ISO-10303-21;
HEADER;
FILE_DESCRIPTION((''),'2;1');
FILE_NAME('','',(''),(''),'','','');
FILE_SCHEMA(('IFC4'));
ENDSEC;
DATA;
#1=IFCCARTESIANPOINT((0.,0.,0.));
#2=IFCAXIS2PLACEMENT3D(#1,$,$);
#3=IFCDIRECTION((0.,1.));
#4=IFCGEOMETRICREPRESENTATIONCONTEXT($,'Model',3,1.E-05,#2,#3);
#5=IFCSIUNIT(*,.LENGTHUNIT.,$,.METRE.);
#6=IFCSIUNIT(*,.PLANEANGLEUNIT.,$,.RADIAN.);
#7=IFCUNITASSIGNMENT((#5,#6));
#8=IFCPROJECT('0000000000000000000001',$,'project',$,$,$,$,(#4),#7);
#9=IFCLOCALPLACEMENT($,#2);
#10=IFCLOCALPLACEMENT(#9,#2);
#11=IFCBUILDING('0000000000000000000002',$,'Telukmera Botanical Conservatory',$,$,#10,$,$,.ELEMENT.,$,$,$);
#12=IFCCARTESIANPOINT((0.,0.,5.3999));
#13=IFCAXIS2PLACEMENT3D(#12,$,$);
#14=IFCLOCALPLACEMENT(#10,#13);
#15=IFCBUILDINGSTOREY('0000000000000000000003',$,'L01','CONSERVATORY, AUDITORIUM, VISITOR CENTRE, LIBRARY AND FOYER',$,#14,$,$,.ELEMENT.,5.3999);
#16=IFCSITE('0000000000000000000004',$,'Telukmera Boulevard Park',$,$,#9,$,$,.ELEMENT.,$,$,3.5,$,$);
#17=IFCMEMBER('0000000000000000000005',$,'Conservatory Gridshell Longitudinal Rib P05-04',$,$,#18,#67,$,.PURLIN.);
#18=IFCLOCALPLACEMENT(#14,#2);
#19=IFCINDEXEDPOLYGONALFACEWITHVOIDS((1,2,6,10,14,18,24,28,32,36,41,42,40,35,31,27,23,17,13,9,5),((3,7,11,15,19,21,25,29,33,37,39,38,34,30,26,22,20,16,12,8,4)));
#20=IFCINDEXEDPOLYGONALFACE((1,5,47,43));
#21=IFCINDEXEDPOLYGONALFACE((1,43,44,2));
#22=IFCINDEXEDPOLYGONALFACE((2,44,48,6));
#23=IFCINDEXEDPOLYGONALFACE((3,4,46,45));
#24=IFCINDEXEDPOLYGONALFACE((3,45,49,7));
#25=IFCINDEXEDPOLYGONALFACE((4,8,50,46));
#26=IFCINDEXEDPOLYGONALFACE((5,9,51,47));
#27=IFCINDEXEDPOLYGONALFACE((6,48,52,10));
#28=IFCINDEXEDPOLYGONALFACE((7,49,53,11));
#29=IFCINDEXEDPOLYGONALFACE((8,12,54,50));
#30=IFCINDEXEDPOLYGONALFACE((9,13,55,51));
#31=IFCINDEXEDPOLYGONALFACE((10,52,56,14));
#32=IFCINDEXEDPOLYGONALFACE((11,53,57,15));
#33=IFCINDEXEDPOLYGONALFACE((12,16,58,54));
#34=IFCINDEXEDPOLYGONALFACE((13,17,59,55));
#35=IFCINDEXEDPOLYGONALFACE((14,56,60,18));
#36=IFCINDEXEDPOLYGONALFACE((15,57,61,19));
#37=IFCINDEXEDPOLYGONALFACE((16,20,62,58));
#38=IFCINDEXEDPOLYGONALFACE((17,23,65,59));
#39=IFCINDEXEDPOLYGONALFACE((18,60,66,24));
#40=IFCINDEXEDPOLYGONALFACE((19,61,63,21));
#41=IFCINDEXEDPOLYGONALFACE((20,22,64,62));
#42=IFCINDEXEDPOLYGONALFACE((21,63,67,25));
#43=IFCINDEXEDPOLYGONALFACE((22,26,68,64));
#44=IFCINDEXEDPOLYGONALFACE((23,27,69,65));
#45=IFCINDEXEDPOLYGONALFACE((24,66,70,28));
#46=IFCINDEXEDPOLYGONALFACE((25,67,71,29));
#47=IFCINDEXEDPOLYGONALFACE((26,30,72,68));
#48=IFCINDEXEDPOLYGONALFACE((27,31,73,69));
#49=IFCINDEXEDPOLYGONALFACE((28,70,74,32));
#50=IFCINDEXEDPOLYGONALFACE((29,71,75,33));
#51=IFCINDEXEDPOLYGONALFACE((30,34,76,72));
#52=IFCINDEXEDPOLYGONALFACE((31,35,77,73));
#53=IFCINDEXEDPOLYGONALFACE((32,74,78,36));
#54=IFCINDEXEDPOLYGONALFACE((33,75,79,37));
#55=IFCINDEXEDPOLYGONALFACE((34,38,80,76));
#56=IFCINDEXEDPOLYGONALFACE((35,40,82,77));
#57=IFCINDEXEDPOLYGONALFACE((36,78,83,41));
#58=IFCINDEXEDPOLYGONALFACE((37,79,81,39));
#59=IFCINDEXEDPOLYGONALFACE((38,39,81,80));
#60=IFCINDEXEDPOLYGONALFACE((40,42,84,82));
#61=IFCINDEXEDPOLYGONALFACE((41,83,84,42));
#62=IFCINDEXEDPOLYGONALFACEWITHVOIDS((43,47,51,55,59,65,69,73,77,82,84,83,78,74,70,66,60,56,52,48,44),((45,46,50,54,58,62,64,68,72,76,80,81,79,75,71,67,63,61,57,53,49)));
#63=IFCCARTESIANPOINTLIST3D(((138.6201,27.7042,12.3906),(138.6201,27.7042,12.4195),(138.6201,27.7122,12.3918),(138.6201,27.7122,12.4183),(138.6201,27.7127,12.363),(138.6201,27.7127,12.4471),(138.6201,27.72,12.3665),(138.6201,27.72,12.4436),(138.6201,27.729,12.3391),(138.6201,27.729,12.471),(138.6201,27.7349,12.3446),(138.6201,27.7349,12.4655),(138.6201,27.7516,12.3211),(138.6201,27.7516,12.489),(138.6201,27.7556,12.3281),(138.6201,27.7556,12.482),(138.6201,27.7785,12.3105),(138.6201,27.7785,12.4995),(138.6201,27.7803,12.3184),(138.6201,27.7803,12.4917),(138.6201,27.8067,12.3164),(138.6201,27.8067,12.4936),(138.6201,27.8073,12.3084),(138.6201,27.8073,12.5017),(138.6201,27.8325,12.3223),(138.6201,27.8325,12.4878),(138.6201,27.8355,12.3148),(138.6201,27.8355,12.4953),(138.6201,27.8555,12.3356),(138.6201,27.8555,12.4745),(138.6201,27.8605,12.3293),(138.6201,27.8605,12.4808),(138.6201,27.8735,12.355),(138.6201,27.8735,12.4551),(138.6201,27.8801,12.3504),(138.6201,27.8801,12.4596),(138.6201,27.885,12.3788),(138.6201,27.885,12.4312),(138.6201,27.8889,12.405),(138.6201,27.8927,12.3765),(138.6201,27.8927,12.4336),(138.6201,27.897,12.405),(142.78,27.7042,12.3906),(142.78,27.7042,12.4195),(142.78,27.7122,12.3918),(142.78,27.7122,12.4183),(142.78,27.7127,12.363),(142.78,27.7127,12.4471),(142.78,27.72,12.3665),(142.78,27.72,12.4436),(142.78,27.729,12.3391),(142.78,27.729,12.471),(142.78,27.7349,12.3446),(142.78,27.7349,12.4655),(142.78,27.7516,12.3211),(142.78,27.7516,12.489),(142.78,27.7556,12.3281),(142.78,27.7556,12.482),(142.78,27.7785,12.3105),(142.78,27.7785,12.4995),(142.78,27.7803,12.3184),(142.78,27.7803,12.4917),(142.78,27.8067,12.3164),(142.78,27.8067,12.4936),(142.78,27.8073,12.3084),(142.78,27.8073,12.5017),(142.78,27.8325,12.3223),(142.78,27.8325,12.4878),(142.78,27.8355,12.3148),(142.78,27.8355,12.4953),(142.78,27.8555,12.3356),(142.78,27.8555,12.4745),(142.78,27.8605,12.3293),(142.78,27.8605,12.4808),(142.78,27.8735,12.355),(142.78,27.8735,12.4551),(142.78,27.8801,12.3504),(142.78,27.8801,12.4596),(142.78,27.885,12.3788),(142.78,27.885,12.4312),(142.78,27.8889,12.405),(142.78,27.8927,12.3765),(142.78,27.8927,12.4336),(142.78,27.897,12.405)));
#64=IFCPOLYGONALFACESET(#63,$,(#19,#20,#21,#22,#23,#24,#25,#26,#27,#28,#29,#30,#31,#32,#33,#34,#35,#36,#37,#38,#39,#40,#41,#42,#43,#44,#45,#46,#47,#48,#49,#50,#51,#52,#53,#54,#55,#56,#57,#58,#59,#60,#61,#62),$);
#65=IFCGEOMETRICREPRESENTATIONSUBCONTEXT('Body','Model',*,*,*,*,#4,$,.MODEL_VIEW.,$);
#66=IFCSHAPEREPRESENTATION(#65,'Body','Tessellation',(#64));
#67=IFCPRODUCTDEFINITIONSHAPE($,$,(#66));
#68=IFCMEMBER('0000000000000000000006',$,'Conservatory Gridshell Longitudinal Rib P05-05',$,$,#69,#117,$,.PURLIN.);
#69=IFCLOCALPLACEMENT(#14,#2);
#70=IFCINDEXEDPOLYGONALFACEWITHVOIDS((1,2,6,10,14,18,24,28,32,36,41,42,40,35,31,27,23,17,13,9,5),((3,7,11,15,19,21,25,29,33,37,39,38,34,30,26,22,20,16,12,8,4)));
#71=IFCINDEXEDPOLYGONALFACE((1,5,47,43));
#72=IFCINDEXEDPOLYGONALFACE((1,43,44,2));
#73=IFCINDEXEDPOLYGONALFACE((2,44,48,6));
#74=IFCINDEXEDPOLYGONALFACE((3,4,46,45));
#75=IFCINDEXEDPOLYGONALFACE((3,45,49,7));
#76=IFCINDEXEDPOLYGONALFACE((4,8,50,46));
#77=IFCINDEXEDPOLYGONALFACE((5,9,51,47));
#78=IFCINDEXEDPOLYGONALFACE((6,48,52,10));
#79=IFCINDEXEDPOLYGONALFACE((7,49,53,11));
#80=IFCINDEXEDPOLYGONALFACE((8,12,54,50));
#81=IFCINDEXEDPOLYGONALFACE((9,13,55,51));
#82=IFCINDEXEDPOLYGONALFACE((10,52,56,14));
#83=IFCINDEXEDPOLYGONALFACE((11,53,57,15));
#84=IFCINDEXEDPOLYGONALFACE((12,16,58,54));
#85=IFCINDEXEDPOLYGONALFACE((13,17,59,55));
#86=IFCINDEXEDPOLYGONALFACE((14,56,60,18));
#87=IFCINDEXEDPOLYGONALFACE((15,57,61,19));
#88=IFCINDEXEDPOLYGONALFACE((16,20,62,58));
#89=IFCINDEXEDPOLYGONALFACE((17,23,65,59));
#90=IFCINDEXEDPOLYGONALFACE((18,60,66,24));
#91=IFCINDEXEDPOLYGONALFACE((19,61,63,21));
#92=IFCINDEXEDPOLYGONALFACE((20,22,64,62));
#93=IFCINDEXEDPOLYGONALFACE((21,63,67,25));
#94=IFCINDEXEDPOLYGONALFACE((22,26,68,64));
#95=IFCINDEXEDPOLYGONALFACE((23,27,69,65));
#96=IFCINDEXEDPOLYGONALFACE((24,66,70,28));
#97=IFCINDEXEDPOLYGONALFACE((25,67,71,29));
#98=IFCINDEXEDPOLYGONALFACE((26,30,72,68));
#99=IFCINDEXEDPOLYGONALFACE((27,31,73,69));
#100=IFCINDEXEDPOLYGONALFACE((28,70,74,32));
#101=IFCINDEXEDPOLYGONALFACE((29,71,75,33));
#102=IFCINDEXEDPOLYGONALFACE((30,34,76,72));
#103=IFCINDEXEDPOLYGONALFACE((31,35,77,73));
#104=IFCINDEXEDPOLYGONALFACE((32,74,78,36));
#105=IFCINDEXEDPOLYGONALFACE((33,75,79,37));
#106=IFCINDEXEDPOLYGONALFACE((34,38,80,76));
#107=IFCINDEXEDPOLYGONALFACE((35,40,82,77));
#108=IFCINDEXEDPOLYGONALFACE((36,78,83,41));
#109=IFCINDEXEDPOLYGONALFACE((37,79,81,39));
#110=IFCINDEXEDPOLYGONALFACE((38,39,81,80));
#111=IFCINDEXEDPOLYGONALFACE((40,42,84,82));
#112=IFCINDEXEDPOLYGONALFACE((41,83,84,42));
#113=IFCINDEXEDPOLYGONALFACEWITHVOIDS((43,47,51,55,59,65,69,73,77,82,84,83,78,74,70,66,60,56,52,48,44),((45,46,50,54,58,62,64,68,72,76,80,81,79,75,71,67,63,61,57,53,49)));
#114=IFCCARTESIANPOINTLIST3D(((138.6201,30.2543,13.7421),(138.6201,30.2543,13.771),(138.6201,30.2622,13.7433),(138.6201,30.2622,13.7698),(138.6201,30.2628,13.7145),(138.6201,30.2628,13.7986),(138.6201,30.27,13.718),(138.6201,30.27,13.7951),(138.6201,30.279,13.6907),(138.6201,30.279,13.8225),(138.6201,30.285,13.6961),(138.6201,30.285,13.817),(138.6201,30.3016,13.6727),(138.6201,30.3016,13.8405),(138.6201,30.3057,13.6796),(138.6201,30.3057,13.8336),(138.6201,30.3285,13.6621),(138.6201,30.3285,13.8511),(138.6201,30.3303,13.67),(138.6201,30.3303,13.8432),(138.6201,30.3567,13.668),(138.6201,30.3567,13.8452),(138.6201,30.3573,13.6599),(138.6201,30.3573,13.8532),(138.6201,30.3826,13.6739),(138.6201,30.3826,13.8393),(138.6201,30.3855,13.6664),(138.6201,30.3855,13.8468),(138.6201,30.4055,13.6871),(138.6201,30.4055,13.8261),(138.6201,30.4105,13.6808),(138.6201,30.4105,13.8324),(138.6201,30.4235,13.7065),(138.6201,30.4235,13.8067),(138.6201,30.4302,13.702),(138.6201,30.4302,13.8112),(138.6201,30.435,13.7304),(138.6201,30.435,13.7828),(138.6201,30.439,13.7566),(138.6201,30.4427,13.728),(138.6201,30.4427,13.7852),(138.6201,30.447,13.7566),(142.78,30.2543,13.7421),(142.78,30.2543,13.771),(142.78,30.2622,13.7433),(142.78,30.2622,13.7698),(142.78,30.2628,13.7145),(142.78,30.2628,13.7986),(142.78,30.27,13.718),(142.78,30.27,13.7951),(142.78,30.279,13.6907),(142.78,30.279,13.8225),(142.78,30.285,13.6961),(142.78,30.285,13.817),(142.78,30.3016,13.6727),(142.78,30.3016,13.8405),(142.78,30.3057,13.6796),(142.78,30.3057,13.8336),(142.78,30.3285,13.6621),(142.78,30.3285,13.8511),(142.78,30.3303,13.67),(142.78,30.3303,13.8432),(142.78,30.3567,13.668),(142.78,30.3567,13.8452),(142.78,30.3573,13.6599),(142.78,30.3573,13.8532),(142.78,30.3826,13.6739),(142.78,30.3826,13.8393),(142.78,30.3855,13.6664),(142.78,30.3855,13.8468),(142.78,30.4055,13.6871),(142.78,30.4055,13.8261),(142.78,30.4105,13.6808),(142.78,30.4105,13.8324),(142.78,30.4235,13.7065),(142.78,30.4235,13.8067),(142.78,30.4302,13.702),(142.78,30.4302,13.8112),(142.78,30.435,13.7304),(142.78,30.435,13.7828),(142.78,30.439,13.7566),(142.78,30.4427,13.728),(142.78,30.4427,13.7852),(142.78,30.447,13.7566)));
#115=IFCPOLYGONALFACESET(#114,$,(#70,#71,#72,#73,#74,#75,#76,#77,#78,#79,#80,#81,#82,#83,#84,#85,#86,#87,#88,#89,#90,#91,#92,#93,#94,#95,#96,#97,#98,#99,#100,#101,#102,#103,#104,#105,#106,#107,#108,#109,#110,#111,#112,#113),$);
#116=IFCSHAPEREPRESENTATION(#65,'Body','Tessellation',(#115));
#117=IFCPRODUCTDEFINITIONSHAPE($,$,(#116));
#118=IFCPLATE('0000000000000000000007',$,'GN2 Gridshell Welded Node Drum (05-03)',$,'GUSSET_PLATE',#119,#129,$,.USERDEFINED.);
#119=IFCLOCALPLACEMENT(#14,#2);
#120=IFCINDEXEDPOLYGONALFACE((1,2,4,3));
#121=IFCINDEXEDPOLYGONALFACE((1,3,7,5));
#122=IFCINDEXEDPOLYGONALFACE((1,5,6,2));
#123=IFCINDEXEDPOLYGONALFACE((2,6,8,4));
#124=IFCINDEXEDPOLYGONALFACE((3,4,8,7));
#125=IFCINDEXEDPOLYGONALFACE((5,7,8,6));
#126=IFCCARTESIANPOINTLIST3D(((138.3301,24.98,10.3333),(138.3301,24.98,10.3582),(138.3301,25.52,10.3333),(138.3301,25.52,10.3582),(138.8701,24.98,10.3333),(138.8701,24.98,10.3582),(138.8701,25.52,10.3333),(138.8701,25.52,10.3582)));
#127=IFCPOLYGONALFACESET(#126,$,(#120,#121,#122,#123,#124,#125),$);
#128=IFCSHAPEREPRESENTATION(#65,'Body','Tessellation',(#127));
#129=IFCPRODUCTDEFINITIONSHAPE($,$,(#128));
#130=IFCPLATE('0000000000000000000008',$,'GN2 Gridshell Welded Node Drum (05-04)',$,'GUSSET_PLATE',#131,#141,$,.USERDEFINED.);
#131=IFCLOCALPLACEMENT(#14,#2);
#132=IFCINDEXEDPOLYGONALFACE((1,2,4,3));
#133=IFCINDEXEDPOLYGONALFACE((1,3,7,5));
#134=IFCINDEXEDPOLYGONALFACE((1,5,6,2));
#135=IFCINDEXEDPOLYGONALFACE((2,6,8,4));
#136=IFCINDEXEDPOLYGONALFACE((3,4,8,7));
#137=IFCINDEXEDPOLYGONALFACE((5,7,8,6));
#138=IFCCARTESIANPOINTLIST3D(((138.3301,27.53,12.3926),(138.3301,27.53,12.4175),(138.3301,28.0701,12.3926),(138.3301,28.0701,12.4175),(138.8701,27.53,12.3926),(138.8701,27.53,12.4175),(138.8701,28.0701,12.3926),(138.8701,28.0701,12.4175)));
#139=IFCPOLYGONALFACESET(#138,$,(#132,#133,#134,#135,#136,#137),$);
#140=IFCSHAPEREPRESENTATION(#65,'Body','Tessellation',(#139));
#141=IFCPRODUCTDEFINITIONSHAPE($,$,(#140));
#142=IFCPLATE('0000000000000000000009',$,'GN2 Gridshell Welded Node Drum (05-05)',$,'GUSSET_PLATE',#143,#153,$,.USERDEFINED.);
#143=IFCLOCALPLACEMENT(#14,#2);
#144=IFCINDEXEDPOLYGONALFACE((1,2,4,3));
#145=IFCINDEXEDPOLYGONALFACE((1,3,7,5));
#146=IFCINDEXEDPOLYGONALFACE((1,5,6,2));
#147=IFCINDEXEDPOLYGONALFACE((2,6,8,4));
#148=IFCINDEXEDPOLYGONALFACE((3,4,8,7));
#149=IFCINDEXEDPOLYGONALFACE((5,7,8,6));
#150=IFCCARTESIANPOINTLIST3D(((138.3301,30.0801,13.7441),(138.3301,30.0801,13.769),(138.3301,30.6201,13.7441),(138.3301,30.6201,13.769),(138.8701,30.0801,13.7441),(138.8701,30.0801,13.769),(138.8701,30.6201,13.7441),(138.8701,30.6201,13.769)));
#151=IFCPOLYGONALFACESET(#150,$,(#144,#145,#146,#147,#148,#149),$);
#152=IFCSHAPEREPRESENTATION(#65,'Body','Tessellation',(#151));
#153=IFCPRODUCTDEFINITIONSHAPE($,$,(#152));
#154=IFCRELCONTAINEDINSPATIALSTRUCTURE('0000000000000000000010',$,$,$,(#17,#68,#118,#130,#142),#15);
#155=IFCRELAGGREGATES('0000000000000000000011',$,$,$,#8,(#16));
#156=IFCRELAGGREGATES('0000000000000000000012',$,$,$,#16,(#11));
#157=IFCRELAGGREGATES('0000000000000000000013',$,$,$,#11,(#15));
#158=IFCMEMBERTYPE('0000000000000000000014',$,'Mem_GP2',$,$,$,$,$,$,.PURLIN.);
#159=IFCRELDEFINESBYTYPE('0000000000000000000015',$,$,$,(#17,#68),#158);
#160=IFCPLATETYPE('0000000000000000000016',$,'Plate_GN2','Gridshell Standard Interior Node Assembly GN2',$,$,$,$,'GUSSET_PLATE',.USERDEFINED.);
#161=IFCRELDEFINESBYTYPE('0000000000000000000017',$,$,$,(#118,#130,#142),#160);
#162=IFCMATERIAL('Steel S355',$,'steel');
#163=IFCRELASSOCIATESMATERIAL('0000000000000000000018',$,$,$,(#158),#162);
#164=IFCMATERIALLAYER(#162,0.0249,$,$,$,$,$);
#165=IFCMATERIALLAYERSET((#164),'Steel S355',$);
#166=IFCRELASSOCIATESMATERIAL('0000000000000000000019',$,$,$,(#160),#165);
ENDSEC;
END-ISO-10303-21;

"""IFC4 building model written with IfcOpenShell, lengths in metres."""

from ifc_helpers import new_model, si_unit, direction, frame, origin, origin_2d, place, context, subcontext, project, spatial, rectangle, hollow_circle, extrude, material, layer, layer_set, material_profile, profile_set, type_object, element, save


model = new_model("IFC4")

# Units and contexts
model_context = context("Model", 3, precision=1e-05, world=origin(), true_north=direction((0.0, 1.0)))
body_context = subcontext(model_context, "Body", "Model", "MODEL_VIEW")
ifc_project = project(units=[si_unit("LENGTHUNIT", "METRE"), si_unit("PLANEANGLEUNIT", "RADIAN")], contexts=[model_context])

# Site, building, storey
site_placement = place(None, origin())
site = spatial("IfcSite", under=ifc_project, at=site_placement, Name="Telukmera Boulevard Park", CompositionType="ELEMENT", RefElevation=3.5)
building_placement = place(site_placement, origin())
building = spatial("IfcBuilding", under=site, at=building_placement, Name="Telukmera Botanical Conservatory", CompositionType="ELEMENT")
storey_placement = place(building_placement, frame((0.0, 0.0, 5.3999)))
storey = spatial("IfcBuildingStorey", under=building, at=storey_placement, Name="L01", Description="CONSERVATORY, AUDITORIUM, VISITOR CENTRE, LIBRARY AND FOYER", CompositionType="ELEMENT", Elevation=5.3999)

# Shared definitions
ifc_material = material(Name="Steel S355", Category="steel")

# Members
ifc_material_profile_1 = material_profile(ifc_material, hollow_circle(Radius=0.0969, WallThickness=0.0081, at=origin_2d()), Name="CHS 193.7x8.0")
ifc_profile_set_1 = profile_set([ifc_material_profile_1], Name="Steel S355")
member_type_1 = type_object("IfcMemberType", Name="Mem_GP2", PredefinedType="PURLIN", material=ifc_profile_set_1)
for number, where, z_axis, x_axis, name in (
    (1, (138.6201, 27.8, 12.405), (1.0, 0.0, 0.0), (0.0, 1.0, 0.0), "Conservatory Gridshell Longitudinal Rib P05-04"),
    (2, (138.6201, 30.3501, 13.7566), (1.0, 0.0, 0.0), (0.0, 1.0, 0.0), "Conservatory Gridshell Longitudinal Rib P05-05"),
):
    element("IfcMember", number, at=place(storey_placement, frame(where, z_axis=z_axis, x_axis=x_axis)), inside=storey, type_object=member_type_1, Name=name, PredefinedType="PURLIN", context=body_context, shape_type="SweptSolid", body=[
        extrude(hollow_circle(Radius=0.0969, WallThickness=0.0081, at=origin_2d()), origin(), (0.0, 0.0, 1.0), 4.1599),
    ])

# Plates
ifc_layer = layer(ifc_material, 0.0249)
ifc_layer_set = layer_set([ifc_layer], Name="Steel S355")
plate_type = type_object("IfcPlateType", Name="Plate_GN2", Description="Gridshell Standard Interior Node Assembly GN2", ElementType="GUSSET_PLATE", PredefinedType="USERDEFINED", material=ifc_layer_set)
for number, where, z_axis, x_axis, name in (
    (3, (138.6001, 25.25, 10.3333), (0.0, 0.0, 1.0), (1.0, 0.0, 0.0), "GN2 Gridshell Welded Node Drum (05-03)"),
    (4, (138.6001, 27.8, 12.3926), (0.0, 0.0, 1.0), (1.0, 0.0, 0.0), "GN2 Gridshell Welded Node Drum (05-04)"),
    (5, (138.6001, 30.3501, 13.7441), (0.0, 0.0, 1.0), (1.0, 0.0, 0.0), "GN2 Gridshell Welded Node Drum (05-05)"),
):
    element("IfcPlate", number, at=place(storey_placement, frame(where, z_axis=z_axis, x_axis=x_axis)), inside=storey, type_object=plate_type, Name=name, ObjectType="GUSSET_PLATE", PredefinedType="USERDEFINED", context=body_context, shape_type="SweptSolid", body=[
        extrude(rectangle(XDim=0.54, YDim=0.54, at=origin_2d()), origin(), (0.0, 0.0, 1.0), 0.0249),
    ])

save(model, "model.ifc")
